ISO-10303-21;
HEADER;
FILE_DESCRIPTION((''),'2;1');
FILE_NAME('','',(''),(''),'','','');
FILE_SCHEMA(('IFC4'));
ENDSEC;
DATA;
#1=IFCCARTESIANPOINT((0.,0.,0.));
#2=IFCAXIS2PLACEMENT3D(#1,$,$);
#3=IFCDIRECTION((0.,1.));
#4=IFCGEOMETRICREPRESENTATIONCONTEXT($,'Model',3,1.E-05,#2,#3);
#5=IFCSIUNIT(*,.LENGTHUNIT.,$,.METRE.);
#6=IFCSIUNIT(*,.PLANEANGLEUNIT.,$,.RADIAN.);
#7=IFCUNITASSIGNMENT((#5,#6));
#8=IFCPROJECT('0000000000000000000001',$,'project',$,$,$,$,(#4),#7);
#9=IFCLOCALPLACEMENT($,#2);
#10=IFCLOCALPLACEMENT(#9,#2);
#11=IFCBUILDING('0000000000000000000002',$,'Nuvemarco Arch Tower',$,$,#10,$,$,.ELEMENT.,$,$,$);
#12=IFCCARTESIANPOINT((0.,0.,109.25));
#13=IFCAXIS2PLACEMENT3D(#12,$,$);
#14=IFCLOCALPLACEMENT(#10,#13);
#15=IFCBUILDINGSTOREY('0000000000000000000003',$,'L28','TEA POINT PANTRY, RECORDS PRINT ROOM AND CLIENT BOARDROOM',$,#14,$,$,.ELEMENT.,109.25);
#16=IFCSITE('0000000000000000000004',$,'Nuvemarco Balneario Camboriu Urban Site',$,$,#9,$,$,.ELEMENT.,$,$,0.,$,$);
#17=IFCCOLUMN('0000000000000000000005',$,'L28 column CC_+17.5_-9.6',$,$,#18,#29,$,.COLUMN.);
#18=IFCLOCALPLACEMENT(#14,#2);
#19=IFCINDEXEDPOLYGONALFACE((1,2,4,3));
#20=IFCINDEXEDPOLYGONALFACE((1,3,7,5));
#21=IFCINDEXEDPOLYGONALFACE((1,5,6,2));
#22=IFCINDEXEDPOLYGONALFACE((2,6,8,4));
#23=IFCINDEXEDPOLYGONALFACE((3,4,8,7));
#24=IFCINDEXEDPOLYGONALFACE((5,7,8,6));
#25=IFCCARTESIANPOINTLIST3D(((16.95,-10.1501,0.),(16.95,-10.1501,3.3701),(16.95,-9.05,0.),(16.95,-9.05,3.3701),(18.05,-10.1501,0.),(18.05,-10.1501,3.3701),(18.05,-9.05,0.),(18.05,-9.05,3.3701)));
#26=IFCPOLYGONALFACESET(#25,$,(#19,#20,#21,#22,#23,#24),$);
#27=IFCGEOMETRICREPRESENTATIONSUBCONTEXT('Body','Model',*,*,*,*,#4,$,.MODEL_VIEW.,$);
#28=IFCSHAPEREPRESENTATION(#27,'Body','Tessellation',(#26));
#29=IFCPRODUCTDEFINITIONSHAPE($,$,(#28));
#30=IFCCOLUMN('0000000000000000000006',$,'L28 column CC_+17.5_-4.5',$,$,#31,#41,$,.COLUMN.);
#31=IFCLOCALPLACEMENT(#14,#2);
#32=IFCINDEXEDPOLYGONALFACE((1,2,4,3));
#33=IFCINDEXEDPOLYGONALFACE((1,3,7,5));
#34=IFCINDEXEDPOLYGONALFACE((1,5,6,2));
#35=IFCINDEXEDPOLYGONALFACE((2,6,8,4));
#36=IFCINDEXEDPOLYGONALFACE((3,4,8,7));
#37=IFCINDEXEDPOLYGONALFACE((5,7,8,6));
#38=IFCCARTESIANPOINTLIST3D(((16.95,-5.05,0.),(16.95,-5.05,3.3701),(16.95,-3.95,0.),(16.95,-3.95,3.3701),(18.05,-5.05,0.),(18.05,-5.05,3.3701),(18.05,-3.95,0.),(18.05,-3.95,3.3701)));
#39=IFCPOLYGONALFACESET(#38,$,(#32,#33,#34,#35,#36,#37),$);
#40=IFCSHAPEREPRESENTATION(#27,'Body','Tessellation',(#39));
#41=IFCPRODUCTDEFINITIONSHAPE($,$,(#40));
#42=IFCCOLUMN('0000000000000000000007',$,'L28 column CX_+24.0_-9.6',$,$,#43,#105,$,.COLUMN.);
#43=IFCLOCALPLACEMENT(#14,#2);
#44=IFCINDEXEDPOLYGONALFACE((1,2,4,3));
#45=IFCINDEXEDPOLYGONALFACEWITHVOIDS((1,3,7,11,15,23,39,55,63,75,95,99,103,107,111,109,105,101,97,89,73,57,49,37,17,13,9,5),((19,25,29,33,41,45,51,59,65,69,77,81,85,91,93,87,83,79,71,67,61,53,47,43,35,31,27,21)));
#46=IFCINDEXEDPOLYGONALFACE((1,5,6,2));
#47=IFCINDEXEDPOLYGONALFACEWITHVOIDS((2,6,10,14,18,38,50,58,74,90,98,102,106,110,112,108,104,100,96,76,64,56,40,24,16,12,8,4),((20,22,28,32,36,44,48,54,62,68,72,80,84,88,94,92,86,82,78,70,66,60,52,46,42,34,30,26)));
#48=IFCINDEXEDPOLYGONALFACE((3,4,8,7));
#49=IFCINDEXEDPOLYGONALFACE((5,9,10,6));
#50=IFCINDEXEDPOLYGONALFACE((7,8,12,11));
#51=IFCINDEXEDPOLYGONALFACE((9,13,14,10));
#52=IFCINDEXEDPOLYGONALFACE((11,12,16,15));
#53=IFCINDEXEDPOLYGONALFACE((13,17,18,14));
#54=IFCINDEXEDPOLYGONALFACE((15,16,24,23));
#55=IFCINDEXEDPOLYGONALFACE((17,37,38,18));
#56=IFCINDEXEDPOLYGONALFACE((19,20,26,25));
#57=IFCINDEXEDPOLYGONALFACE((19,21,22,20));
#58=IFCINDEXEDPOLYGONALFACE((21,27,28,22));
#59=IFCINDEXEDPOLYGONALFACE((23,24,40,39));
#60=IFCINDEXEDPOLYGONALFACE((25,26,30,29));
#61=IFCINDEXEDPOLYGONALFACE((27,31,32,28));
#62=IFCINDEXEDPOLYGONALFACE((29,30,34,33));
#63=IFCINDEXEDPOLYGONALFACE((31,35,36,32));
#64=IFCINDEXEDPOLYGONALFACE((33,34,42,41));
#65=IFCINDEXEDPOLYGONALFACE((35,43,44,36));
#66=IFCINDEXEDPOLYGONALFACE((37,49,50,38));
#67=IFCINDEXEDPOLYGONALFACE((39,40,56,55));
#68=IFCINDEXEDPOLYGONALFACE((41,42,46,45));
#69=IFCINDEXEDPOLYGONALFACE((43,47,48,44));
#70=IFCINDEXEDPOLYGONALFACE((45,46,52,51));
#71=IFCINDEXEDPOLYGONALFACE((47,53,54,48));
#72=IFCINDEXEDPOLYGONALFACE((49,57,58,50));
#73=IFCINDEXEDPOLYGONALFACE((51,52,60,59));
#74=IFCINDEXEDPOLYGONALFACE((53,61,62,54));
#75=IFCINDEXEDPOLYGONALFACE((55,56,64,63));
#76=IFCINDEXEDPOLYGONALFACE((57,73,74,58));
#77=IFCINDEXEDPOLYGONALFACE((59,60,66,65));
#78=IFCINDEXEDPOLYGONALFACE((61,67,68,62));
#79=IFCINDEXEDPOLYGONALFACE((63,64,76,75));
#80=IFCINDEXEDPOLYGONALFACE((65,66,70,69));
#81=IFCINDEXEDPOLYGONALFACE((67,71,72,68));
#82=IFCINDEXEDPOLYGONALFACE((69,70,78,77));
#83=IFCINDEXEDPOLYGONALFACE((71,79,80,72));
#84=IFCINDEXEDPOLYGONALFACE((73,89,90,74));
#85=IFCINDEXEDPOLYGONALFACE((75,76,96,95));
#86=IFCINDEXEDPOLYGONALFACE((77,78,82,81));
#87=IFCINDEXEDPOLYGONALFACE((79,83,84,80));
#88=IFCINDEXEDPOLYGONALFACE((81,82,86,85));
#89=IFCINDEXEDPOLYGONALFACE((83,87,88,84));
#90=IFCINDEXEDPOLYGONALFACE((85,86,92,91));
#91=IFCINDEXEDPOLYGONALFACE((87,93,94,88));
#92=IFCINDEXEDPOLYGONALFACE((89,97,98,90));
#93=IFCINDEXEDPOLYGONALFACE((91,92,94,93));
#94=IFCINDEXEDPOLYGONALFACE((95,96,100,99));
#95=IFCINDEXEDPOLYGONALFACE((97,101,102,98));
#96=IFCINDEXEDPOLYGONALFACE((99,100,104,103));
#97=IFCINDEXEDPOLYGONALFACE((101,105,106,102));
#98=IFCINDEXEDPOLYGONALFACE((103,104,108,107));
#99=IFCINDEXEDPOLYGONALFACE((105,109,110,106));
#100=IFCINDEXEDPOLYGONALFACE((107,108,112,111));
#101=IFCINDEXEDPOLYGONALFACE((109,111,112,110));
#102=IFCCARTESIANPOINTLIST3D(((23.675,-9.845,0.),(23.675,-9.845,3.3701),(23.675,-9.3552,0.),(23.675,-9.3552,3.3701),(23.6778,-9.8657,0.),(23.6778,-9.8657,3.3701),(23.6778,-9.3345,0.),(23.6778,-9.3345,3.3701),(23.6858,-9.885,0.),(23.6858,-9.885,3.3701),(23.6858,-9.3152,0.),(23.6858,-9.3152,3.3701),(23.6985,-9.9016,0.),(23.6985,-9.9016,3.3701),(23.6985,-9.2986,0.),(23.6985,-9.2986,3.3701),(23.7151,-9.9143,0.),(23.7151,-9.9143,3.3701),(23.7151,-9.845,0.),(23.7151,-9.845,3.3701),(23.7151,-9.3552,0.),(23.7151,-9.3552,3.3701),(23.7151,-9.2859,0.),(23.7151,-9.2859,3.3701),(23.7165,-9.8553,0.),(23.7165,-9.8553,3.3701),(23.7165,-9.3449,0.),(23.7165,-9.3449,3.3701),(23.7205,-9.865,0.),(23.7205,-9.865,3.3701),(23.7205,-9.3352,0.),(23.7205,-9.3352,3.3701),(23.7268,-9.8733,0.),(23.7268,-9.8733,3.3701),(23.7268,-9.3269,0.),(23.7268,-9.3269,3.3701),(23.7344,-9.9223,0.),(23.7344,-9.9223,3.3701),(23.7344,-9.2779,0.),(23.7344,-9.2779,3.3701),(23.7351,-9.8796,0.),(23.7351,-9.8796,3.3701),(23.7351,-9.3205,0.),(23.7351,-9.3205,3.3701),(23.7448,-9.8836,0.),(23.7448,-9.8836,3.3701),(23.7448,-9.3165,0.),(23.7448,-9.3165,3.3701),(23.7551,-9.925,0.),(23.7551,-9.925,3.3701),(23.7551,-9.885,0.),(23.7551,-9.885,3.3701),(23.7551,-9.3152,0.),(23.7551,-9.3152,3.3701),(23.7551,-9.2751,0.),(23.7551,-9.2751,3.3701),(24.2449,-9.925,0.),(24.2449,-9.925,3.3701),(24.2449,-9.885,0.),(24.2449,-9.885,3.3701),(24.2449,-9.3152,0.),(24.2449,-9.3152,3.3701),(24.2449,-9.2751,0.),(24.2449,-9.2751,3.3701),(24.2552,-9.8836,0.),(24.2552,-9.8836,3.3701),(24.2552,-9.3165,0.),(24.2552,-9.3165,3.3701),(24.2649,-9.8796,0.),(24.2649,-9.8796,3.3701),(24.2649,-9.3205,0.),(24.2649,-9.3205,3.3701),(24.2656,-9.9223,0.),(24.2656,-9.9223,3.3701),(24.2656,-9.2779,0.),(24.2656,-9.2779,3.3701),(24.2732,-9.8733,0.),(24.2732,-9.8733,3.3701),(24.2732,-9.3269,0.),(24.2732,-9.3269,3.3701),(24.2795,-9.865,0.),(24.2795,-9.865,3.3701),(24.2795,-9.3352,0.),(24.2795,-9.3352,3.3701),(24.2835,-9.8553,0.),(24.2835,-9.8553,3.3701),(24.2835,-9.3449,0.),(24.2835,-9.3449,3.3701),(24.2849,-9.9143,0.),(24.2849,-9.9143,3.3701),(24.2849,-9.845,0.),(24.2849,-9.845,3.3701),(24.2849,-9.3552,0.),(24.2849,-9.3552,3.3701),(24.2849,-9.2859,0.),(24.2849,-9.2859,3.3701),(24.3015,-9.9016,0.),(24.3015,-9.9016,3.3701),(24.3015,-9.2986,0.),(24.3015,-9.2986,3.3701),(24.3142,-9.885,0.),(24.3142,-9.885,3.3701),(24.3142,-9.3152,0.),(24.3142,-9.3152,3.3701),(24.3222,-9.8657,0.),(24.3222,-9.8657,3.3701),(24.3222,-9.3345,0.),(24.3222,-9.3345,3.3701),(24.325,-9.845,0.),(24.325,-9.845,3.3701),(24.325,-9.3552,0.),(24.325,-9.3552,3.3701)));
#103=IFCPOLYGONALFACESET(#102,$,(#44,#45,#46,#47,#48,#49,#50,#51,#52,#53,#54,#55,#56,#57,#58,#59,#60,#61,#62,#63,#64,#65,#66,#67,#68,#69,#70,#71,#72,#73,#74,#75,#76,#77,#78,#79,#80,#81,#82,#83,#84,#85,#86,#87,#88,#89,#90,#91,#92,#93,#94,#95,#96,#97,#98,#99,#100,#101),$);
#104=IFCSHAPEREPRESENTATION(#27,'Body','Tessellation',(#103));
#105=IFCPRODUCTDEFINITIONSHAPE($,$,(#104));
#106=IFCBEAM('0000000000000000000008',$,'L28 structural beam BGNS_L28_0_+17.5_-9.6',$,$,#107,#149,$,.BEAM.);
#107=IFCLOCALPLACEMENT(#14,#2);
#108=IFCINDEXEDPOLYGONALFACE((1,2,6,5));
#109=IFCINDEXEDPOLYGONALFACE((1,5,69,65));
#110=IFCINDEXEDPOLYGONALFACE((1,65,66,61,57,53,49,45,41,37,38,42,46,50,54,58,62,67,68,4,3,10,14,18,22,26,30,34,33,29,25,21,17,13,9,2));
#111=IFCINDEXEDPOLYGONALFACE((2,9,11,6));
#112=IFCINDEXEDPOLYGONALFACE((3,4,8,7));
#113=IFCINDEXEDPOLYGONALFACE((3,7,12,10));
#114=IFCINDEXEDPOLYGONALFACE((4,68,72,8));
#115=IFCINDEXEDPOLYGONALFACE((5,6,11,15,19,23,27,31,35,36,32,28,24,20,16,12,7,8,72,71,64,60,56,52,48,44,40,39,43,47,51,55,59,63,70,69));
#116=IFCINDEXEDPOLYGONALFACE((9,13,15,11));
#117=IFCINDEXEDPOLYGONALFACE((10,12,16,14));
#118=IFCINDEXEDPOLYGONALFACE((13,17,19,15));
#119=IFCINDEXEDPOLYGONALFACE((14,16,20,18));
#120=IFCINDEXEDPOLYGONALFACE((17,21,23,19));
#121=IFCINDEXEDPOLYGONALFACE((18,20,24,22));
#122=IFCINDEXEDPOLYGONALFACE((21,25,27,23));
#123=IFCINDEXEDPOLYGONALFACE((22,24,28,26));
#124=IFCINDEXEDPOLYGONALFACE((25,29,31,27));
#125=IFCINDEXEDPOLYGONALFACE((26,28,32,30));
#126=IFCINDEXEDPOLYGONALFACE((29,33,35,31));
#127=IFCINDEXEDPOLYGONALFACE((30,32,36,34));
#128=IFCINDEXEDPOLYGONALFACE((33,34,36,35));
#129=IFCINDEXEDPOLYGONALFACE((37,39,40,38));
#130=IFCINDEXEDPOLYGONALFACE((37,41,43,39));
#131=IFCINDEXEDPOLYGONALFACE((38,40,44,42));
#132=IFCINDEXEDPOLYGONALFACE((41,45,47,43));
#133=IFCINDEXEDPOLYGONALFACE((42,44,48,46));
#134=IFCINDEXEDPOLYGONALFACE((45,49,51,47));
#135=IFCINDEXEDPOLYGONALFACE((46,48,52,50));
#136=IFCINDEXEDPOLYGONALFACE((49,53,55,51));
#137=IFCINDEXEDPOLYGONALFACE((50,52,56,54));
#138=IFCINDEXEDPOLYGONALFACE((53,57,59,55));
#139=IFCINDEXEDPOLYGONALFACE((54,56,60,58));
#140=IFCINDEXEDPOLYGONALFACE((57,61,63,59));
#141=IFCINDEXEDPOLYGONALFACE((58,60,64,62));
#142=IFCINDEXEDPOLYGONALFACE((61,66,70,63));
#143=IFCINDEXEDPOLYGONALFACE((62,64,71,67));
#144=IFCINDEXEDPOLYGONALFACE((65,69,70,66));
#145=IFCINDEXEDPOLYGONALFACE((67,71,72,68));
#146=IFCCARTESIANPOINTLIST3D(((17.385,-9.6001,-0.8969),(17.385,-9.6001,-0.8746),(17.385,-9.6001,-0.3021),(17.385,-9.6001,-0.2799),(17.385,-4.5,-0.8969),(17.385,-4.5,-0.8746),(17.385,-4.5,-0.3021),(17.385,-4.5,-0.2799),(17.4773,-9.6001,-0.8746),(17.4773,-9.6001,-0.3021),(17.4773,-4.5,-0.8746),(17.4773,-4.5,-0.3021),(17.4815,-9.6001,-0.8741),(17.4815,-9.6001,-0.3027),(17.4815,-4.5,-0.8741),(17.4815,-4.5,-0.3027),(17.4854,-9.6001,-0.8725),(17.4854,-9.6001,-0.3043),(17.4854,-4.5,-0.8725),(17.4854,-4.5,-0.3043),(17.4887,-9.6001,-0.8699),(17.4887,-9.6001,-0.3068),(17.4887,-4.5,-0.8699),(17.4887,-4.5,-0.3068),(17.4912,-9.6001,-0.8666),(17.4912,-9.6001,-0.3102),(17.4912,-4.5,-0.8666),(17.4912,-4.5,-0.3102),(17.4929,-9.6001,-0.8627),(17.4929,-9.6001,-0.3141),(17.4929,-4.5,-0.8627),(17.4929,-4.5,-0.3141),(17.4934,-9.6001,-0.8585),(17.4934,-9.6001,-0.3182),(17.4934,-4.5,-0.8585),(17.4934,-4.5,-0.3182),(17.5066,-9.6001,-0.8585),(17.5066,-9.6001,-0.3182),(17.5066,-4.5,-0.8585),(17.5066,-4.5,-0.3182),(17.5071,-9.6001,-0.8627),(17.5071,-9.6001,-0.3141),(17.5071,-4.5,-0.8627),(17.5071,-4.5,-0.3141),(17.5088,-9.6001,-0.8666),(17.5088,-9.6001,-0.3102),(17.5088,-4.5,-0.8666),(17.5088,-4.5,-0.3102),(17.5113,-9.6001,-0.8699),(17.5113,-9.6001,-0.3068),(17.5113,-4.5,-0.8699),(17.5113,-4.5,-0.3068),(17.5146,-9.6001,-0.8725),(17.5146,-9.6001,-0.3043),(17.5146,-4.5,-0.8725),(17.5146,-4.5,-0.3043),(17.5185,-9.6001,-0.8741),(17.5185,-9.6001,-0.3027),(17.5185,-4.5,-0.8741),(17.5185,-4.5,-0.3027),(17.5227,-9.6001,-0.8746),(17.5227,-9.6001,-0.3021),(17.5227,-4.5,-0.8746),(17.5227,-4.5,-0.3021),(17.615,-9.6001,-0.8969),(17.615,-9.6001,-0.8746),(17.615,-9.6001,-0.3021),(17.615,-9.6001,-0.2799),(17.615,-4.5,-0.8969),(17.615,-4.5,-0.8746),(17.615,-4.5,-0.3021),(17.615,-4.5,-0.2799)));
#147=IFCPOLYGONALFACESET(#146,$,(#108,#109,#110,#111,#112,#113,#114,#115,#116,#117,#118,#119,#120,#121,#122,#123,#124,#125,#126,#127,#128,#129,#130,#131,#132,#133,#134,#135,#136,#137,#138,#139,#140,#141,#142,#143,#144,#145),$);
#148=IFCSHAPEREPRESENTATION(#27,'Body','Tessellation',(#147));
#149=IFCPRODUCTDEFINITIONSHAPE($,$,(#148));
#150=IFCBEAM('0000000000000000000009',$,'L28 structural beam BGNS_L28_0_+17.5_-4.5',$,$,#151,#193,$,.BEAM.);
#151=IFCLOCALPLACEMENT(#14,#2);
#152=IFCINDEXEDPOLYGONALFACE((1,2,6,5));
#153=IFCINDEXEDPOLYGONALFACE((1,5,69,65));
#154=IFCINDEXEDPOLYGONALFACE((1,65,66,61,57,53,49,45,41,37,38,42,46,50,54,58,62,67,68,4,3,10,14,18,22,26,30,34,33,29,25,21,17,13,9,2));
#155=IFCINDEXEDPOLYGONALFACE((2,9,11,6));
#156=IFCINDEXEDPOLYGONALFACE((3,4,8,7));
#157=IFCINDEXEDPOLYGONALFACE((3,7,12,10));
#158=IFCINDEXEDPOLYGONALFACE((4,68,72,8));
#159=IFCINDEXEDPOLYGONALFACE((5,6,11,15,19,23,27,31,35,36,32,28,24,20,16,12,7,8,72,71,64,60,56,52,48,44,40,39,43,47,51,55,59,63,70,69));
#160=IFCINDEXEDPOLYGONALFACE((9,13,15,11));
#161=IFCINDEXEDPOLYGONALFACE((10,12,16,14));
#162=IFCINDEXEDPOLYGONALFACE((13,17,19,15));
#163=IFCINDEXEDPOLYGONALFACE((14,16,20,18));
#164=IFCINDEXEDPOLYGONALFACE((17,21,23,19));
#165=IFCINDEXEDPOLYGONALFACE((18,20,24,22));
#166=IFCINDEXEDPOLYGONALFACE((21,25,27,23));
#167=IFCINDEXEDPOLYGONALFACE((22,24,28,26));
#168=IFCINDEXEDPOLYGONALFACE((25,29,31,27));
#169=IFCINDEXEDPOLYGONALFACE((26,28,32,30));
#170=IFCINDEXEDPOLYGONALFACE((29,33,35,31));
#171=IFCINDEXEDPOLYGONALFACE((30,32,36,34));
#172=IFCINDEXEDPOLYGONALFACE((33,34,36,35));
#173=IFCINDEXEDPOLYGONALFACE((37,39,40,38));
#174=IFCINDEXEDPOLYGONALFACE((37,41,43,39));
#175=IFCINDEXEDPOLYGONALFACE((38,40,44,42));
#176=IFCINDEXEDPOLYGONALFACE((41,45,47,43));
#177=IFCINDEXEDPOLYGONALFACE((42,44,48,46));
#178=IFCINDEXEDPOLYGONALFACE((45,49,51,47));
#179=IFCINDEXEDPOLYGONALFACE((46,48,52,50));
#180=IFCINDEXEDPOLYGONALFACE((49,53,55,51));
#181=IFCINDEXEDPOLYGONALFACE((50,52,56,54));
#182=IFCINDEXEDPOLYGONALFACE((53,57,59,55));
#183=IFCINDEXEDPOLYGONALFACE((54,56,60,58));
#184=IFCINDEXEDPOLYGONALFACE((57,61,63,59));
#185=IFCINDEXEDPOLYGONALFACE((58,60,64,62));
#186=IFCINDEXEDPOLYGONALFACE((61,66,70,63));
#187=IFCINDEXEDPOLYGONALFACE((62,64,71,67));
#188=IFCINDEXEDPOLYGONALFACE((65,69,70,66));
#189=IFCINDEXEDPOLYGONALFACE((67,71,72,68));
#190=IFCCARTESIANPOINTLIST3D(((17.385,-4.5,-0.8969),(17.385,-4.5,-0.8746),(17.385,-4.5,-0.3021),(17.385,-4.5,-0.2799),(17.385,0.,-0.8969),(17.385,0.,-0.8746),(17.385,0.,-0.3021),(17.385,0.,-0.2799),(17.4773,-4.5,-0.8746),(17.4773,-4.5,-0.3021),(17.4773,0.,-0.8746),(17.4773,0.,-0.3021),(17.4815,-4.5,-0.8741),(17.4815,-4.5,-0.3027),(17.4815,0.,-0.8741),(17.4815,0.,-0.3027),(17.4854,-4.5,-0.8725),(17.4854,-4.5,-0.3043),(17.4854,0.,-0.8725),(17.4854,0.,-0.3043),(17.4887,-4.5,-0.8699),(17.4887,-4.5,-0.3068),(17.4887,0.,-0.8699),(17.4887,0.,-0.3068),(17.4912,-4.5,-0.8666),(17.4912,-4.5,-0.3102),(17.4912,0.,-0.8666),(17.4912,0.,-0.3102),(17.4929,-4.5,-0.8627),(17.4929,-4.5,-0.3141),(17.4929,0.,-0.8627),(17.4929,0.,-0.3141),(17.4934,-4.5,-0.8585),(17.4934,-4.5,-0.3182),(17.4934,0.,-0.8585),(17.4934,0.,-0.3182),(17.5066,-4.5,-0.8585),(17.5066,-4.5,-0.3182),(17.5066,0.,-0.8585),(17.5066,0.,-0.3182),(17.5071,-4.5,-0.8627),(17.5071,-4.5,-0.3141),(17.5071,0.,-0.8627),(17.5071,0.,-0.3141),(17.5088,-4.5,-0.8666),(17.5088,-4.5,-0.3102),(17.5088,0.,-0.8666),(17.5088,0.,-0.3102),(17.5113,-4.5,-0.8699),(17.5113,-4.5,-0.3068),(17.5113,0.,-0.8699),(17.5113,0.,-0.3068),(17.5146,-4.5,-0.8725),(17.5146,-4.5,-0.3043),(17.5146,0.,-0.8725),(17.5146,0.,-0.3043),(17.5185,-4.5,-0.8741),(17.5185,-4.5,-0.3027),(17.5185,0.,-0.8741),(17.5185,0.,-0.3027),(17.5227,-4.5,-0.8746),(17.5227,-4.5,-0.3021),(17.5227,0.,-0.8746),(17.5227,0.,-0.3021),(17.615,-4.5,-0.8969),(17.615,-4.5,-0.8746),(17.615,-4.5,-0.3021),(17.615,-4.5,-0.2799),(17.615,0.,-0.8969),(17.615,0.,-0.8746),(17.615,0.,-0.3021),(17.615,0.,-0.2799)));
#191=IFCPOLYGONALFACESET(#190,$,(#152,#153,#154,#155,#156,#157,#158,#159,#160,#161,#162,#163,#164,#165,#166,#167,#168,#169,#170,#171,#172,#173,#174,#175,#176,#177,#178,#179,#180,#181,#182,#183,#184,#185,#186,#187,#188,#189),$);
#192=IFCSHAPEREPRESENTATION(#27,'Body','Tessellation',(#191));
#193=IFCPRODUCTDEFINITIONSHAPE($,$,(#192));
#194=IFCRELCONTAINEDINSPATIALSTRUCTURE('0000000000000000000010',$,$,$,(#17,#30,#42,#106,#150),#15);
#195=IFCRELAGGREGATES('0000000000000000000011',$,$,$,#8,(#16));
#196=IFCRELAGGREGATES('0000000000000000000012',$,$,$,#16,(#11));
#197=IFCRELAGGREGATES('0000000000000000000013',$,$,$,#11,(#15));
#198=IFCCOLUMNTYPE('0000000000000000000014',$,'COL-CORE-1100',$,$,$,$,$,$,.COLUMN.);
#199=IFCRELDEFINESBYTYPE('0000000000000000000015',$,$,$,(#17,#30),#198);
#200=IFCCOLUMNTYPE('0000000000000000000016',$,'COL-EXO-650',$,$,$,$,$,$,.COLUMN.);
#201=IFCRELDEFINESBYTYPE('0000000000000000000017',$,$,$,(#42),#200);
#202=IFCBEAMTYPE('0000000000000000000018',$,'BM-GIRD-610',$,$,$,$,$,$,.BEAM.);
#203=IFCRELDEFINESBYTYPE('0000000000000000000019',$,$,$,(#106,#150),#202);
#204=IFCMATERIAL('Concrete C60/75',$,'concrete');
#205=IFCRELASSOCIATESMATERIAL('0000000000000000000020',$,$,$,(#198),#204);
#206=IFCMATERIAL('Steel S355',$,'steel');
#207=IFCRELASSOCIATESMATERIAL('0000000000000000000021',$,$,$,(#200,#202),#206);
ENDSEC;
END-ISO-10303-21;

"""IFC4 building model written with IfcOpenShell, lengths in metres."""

from ifc_helpers import new_model, si_unit, direction, frame, origin, origin_2d, place, context, subcontext, project, spatial, rectangle, hollow_rectangle, i_section, extrude, material, material_profile, profile_set, type_object, element, save


model = new_model("IFC4")

# Units and contexts
model_context = context("Model", 3, precision=1e-05, world=origin(), true_north=direction((0.0, 1.0)))
body_context = subcontext(model_context, "Body", "Model", "MODEL_VIEW")
ifc_project = project(units=[si_unit("LENGTHUNIT", "METRE"), si_unit("PLANEANGLEUNIT", "RADIAN")], contexts=[model_context])

# Site, building, storey
site_placement = place(None, origin())
site = spatial("IfcSite", under=ifc_project, at=site_placement, Name="Nuvemarco Balneario Camboriu Urban Site", CompositionType="ELEMENT", RefElevation=0.0)
building_placement = place(site_placement, origin())
building = spatial("IfcBuilding", under=site, at=building_placement, Name="Nuvemarco Arch Tower", CompositionType="ELEMENT")
storey_placement = place(building_placement, frame((0.0, 0.0, 109.25)))
storey = spatial("IfcBuildingStorey", under=building, at=storey_placement, Name="L28", Description="TEA POINT PANTRY, RECORDS PRINT ROOM AND CLIENT BOARDROOM", CompositionType="ELEMENT", Elevation=109.25)

# Columns
ifc_material_1 = material(Name="Concrete C60/75", Category="concrete")
ifc_material_profile_1 = material_profile(ifc_material_1, rectangle(XDim=1.1001, YDim=1.1001, at=origin_2d()), Name="RC-COL-1100x1100")
ifc_profile_set_1 = profile_set([ifc_material_profile_1], Name="Concrete C60/75")
column_type_1 = type_object("IfcColumnType", Name="COL-CORE-1100", PredefinedType="COLUMN", material=ifc_profile_set_1)
for number, where, z_axis, x_axis, name in (
    (1, (17.5, -9.6001, 0.0), (0.0, 0.0, 1.0), (1.0, 0.0, 0.0), "L28 column CC_+17.5_-9.6"),
    (2, (17.5, -4.5, 0.0), (0.0, 0.0, 1.0), (1.0, 0.0, 0.0), "L28 column CC_+17.5_-4.5"),
):
    element("IfcColumn", number, at=place(storey_placement, frame(where, z_axis=z_axis, x_axis=x_axis)), inside=storey, type_object=column_type_1, Name=name, PredefinedType="COLUMN", context=body_context, shape_type="SweptSolid", body=[
        extrude(rectangle(XDim=1.1001, YDim=1.1001, at=origin_2d()), origin(), (0.0, 0.0, 1.0), 3.3701),
    ])
ifc_material_2 = material(Name="Steel S355", Category="steel")
ifc_material_profile_2 = material_profile(ifc_material_2, hollow_rectangle(XDim=0.6499, YDim=0.6499, WallThickness=0.04, InnerFilletRadius=0.04, OuterFilletRadius=0.0801, at=origin_2d()), Name="SHS650x650x40")
ifc_profile_set_2 = profile_set([ifc_material_profile_2], Name="Steel S355")
column_type_2 = type_object("IfcColumnType", Name="COL-EXO-650", PredefinedType="COLUMN", material=ifc_profile_set_2)
column_placement = place(storey_placement, frame((24.0, -9.6001, 0.0), z_axis=(0.0, 0.0, 1.0), x_axis=(1.0, 0.0, 0.0)))
element("IfcColumn", 3, at=column_placement, inside=storey, type_object=column_type_2, Name="L28 column CX_+24.0_-9.6", PredefinedType="COLUMN", context=body_context, shape_type="SweptSolid", body=[
    extrude(hollow_rectangle(XDim=0.6499, YDim=0.6499, WallThickness=0.04, InnerFilletRadius=0.04, OuterFilletRadius=0.0801, at=origin_2d()), origin(), (0.0, 0.0, 1.0), 3.3701),
])

# Beams
ifc_material_profile_3 = material_profile(ifc_material_2, i_section(OverallWidth=0.23, OverallDepth=0.6169, WebThickness=0.0132, FlangeThickness=0.0222, FilletRadius=0.0161, at=origin_2d()), Name="W610x140")
ifc_profile_set_3 = profile_set([ifc_material_profile_3], Name="Steel S355")
beam_type_1 = type_object("IfcBeamType", Name="BM-GIRD-610", PredefinedType="BEAM", material=ifc_profile_set_3)
beam_1_placement = place(storey_placement, frame((17.5, -9.6001, -0.5884), z_axis=(0.0, 1.0, 0.0), x_axis=(-1.0, 0.0, 0.0)))
element("IfcBeam", 4, at=beam_1_placement, inside=storey, type_object=beam_type_1, Name="L28 structural beam BGNS_L28_0_+17.5_-9.6", PredefinedType="BEAM", context=body_context, shape_type="SweptSolid", body=[
    extrude(i_section(OverallWidth=0.23, OverallDepth=0.6169, WebThickness=0.0132, FlangeThickness=0.0222, FilletRadius=0.0161, at=origin_2d()), origin(), (0.0, 0.0, 1.0), 5.1001),
])
beam_2_placement = place(storey_placement, frame((17.5, -4.5, -0.5884), z_axis=(0.0, 1.0, 0.0), x_axis=(-1.0, 0.0, 0.0)))
element("IfcBeam", 5, at=beam_2_placement, inside=storey, type_object=beam_type_1, Name="L28 structural beam BGNS_L28_0_+17.5_-4.5", PredefinedType="BEAM", context=body_context, shape_type="SweptSolid", body=[
    extrude(i_section(OverallWidth=0.23, OverallDepth=0.6169, WebThickness=0.0132, FlangeThickness=0.0222, FilletRadius=0.0161, at=origin_2d()), origin(), (0.0, 0.0, 1.0), 4.5),
])

save(model, "model.ifc")
